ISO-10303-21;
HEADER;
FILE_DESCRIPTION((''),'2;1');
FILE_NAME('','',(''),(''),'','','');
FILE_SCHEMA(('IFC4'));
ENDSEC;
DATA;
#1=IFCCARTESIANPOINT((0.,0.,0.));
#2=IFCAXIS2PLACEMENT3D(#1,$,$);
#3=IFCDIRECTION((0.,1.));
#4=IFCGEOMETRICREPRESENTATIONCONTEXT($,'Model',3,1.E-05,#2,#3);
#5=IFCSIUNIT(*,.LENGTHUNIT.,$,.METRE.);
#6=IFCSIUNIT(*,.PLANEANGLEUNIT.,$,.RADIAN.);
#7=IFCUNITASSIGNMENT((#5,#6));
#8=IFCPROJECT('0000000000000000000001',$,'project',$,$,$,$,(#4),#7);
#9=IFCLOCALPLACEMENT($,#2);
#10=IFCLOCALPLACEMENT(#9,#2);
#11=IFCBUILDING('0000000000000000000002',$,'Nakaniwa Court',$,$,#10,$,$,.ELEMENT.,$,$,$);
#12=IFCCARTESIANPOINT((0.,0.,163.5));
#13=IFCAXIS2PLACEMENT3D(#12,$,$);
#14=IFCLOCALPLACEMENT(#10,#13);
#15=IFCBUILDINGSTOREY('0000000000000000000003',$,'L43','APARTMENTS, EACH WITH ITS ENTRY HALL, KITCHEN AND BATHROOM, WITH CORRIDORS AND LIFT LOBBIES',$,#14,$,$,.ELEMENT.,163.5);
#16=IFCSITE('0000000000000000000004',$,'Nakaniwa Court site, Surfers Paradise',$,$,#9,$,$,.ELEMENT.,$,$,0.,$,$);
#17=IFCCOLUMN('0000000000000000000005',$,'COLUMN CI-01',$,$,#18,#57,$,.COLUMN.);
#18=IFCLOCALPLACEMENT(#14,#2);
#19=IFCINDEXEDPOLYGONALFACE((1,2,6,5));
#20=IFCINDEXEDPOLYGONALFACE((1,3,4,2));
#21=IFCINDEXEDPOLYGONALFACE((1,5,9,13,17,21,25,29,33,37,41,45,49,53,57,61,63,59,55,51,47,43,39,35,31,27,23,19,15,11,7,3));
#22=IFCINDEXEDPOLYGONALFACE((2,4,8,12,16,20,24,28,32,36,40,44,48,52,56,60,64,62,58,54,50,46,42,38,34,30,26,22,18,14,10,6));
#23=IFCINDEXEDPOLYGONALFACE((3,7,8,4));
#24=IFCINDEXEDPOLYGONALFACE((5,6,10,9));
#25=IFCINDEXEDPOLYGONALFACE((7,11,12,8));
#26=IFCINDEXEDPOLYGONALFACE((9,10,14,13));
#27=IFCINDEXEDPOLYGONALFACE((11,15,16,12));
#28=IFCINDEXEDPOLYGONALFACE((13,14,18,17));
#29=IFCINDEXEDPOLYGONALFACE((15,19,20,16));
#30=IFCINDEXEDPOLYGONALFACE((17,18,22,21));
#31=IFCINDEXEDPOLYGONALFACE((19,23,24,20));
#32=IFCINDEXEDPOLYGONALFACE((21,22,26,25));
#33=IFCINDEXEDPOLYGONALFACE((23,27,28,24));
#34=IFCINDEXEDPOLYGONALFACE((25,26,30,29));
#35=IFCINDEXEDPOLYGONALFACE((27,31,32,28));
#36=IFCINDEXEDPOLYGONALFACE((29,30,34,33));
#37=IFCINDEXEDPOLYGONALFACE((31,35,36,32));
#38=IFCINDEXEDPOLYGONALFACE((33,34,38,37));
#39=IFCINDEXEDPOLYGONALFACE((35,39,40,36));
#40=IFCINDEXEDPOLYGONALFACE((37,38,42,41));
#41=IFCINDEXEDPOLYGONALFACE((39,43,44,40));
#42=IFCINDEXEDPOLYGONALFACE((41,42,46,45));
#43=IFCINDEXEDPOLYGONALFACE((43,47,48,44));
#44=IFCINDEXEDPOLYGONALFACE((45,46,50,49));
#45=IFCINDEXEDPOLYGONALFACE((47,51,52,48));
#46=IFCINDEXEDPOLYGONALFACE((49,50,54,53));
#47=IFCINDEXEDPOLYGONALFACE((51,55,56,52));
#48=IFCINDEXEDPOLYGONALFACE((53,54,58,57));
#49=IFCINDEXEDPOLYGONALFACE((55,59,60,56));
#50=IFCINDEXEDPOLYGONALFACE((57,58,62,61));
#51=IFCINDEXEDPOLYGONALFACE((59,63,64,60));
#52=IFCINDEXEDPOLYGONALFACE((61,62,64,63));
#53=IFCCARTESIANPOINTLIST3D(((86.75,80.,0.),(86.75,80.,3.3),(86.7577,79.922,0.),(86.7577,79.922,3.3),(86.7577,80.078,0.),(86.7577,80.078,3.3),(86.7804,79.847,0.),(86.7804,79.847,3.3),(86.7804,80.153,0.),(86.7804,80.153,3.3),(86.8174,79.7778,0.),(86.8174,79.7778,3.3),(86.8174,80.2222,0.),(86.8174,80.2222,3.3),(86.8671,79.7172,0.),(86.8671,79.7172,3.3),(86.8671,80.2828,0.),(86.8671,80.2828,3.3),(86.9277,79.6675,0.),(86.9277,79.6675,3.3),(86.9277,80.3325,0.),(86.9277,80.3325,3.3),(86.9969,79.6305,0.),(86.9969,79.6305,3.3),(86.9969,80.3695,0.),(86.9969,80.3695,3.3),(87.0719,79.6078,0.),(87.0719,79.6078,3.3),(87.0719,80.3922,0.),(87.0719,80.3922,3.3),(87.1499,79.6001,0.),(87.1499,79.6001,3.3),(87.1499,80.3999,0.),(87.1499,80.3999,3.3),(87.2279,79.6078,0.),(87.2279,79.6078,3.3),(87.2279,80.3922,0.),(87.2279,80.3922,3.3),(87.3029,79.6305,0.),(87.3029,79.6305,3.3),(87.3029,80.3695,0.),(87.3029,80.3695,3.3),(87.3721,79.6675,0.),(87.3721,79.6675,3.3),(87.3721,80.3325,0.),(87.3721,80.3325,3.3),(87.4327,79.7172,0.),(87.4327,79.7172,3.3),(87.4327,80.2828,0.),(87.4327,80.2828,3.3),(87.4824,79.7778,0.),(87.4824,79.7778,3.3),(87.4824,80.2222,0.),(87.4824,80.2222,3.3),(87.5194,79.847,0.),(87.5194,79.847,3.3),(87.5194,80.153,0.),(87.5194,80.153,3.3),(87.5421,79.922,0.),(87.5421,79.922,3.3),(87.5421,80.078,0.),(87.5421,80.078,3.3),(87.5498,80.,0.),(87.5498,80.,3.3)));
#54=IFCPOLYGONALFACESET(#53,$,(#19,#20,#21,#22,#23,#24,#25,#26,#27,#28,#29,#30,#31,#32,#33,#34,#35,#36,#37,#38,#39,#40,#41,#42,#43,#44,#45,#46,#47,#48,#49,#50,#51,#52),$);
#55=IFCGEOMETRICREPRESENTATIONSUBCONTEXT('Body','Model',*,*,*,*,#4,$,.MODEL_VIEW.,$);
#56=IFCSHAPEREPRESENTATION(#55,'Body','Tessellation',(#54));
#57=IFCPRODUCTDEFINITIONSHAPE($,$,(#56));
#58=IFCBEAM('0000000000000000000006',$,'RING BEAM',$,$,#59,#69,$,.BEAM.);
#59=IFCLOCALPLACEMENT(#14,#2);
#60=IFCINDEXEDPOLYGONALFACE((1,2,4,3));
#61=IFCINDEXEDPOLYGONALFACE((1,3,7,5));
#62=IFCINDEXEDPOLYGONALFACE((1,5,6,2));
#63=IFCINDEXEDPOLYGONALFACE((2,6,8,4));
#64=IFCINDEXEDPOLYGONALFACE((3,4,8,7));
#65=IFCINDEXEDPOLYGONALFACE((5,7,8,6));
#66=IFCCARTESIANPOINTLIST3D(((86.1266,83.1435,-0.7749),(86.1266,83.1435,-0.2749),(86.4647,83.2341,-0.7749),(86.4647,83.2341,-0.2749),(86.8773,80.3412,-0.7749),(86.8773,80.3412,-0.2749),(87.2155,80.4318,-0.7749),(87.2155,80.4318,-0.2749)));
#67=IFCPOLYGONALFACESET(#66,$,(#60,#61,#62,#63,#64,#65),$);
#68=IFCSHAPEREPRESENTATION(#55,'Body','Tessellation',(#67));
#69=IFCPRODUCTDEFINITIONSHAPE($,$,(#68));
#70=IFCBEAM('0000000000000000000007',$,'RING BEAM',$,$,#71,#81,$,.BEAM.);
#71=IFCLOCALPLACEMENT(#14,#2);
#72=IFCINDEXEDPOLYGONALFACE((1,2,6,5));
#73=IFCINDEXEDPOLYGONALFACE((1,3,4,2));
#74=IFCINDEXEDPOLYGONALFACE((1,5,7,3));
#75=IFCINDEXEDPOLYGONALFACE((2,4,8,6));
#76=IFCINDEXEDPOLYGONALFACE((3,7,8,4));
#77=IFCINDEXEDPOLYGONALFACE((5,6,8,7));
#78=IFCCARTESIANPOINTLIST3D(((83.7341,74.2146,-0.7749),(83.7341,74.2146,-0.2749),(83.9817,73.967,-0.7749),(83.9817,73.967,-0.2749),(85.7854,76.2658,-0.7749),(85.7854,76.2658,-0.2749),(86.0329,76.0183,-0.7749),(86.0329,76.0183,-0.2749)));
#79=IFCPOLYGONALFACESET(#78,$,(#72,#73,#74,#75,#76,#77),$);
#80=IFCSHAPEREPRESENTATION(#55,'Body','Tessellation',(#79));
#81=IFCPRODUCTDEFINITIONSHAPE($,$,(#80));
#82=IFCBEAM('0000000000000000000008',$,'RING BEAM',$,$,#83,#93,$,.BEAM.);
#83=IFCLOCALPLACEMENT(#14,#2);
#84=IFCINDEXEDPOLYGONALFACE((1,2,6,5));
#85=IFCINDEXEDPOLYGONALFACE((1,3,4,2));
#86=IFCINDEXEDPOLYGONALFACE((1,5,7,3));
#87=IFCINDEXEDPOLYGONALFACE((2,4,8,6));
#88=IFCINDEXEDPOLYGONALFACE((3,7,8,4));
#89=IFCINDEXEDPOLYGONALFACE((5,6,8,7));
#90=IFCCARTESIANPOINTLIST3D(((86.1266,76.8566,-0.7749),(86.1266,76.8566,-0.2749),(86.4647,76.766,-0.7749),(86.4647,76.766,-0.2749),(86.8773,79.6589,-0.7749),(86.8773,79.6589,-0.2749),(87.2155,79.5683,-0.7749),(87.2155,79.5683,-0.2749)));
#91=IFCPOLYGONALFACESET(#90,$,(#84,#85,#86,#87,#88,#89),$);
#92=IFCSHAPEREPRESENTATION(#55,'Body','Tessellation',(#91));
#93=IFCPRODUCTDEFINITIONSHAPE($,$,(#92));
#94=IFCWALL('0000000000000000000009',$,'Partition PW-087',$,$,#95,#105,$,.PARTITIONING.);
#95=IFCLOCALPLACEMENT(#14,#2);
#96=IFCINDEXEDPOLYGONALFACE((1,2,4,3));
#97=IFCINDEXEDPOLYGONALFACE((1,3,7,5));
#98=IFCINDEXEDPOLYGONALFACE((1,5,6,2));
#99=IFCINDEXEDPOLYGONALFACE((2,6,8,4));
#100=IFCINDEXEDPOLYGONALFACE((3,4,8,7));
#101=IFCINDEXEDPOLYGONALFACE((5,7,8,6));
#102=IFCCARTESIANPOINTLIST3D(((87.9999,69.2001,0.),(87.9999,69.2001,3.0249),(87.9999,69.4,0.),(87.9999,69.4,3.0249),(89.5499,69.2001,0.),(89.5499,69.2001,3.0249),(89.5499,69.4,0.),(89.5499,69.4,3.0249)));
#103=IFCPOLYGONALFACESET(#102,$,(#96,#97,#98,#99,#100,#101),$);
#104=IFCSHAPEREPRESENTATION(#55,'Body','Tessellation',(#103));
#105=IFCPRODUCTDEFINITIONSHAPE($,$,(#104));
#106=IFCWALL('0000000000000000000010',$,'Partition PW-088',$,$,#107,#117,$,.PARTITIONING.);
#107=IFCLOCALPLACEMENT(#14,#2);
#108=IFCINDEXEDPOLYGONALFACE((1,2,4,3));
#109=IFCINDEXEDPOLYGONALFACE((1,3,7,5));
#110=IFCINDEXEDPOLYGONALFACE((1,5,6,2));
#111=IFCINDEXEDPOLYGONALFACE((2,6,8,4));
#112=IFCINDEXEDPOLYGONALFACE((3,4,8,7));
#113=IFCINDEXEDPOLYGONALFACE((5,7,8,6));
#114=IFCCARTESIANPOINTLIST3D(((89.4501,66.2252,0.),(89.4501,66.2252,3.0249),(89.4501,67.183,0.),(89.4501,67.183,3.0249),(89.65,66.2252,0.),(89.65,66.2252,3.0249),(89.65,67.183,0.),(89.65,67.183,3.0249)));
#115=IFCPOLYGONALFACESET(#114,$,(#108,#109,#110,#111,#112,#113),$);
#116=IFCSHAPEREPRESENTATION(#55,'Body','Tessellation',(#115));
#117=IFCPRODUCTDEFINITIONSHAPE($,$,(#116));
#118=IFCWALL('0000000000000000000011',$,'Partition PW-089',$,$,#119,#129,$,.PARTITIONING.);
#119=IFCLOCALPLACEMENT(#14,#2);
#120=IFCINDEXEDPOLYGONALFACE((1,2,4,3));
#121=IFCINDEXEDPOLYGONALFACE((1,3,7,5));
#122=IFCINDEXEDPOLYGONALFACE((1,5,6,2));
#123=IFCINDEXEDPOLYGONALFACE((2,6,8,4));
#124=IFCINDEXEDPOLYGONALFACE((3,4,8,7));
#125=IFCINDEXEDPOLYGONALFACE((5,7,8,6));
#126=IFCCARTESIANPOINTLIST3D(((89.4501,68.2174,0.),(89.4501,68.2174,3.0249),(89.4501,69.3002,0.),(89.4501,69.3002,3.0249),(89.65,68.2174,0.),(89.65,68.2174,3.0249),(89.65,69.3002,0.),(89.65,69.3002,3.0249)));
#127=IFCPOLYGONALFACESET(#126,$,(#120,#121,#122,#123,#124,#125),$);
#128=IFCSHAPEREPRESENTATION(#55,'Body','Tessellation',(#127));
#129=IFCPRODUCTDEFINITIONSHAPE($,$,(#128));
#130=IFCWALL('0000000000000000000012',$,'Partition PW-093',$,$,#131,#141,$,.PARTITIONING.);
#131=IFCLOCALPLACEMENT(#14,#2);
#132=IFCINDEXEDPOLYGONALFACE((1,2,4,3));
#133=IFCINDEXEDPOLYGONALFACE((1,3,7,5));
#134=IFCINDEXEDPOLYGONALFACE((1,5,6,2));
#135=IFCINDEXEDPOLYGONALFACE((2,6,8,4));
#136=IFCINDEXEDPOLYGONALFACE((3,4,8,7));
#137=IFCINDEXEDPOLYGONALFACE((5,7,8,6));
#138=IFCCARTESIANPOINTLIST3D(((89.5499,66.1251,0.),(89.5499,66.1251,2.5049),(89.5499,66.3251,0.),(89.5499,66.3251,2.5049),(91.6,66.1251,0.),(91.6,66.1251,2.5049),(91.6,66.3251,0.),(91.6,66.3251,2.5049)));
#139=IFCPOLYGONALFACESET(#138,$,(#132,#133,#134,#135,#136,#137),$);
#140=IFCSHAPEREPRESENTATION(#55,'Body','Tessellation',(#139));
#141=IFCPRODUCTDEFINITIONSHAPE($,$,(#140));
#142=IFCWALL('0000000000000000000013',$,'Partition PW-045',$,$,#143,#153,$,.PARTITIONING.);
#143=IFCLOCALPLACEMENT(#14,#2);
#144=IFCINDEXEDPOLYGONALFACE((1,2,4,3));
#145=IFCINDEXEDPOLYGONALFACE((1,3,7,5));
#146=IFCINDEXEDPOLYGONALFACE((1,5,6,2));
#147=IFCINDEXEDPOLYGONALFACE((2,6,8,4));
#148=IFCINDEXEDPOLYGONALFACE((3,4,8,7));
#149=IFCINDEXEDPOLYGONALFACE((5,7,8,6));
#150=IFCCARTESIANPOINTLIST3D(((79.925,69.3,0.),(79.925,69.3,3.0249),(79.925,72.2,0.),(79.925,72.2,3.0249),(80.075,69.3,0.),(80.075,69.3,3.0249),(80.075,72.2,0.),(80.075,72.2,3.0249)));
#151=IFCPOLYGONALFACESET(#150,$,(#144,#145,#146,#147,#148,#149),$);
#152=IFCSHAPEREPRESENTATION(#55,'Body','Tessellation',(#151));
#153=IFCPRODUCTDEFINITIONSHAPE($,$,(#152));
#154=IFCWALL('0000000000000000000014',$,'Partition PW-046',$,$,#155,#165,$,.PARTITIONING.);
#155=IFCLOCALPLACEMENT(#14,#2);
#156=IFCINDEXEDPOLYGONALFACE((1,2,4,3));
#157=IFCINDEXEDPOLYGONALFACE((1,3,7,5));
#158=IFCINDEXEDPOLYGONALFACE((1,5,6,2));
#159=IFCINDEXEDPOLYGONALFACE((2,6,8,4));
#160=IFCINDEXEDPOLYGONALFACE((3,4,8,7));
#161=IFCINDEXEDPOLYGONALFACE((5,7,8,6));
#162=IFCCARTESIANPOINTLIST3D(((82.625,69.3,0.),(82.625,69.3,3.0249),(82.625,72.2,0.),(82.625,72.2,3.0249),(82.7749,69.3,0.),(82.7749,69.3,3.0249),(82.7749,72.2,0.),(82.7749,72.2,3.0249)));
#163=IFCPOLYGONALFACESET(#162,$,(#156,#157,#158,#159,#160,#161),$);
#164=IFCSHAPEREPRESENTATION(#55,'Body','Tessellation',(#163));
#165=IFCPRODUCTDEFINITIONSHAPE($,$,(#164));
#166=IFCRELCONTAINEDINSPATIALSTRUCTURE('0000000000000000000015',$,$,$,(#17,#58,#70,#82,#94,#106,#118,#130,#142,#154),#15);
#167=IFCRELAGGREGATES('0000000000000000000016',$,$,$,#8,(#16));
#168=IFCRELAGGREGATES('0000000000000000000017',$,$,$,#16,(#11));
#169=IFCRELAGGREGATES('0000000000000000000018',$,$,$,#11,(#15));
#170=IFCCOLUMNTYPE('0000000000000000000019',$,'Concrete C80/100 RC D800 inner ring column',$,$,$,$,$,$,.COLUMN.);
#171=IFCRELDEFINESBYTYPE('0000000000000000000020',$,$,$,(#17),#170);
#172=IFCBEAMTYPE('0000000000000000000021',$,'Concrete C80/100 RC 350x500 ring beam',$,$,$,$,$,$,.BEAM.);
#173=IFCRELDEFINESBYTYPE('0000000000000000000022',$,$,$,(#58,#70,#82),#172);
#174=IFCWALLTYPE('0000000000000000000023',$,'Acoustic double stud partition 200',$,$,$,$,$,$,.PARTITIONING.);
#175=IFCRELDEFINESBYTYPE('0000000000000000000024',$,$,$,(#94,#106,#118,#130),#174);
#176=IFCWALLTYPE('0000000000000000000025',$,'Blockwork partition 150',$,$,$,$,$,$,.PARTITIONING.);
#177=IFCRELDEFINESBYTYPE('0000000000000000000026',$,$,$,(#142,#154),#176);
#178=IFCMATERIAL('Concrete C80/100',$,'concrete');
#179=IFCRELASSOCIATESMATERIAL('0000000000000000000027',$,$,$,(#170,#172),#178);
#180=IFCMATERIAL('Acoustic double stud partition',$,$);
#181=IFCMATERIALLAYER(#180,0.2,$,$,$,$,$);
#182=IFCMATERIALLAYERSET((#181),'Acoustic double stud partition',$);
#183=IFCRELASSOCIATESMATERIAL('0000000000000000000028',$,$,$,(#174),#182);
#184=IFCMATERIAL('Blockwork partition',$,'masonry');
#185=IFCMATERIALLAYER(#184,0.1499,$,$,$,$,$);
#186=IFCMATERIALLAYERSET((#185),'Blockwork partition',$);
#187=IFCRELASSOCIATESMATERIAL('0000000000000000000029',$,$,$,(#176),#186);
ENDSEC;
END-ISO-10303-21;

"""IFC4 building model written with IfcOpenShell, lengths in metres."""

from ifc_helpers import new_model, si_unit, direction, frame, frame_2d, origin, origin_2d, place, context, subcontext, project, spatial, rectangle, circle, extrude, material, layer, layer_set, material_profile, profile_set, type_object, element, save


model = new_model("IFC4")

# Units and contexts
model_context = context("Model", 3, precision=1e-05, world=origin(), true_north=direction((0.0, 1.0)))
body_context = subcontext(model_context, "Body", "Model", "MODEL_VIEW")
ifc_project = project(units=[si_unit("LENGTHUNIT", "METRE"), si_unit("PLANEANGLEUNIT", "RADIAN")], contexts=[model_context])

# Site, building, storey
site_placement = place(None, origin())
site = spatial("IfcSite", under=ifc_project, at=site_placement, Name="Nakaniwa Court site, Surfers Paradise", CompositionType="ELEMENT", RefElevation=0.0)
building_placement = place(site_placement, origin())
building = spatial("IfcBuilding", under=site, at=building_placement, Name="Nakaniwa Court", CompositionType="ELEMENT")
storey_placement = place(building_placement, frame((0.0, 0.0, 163.5)))
storey = spatial("IfcBuildingStorey", under=building, at=storey_placement, Name="L43", Description="APARTMENTS, EACH WITH ITS ENTRY HALL, KITCHEN AND BATHROOM, WITH CORRIDORS AND LIFT LOBBIES", CompositionType="ELEMENT", Elevation=163.5)

# Column
ifc_material_1 = material(Name="Concrete C80/100", Category="concrete")
ifc_material_profile_1 = material_profile(ifc_material_1, circle(Radius=0.3999, at=origin_2d()), Name="Concrete C80/100 RC D800 inner ring column")
ifc_profile_set_1 = profile_set([ifc_material_profile_1], Name="Concrete C80/100")
column_type = type_object("IfcColumnType", Name="Concrete C80/100 RC D800 inner ring column", PredefinedType="COLUMN", material=ifc_profile_set_1)
for number, where, z_axis, x_axis, name in (
    (1, (87.1499, 80.0, 0.0), (0.0, 0.0, 1.0), (0.0, 1.0, 0.0), "COLUMN CI-01"),
):
    element("IfcColumn", number, at=place(storey_placement, frame(where, z_axis=z_axis, x_axis=x_axis)), inside=storey, type_object=column_type, Name=name, PredefinedType="COLUMN", context=body_context, shape_type="SweptSolid", body=[
        extrude(circle(Radius=0.3999, at=origin_2d()), origin(), (0.0, 0.0, 1.0), 3.3),
    ])

# Beams
ifc_material_profile_2 = material_profile(ifc_material_1, rectangle(XDim=0.3501, YDim=0.5, at=origin_2d()), Name="Concrete C80/100 RC 350x500 ring beam")
ifc_profile_set_2 = profile_set([ifc_material_profile_2], Name="Concrete C80/100")
beam_type = type_object("IfcBeamType", Name="Concrete C80/100 RC 350x500 ring beam", PredefinedType="BEAM", material=ifc_profile_set_2)
beam_1_placement = place(storey_placement, frame((87.0464, 80.3865, -0.5249), z_axis=(-0.258778, 0.965937, 0.0), x_axis=(-0.965937, -0.258778, 0.0)))
element("IfcBeam", 2, at=beam_1_placement, inside=storey, type_object=beam_type, Name="RING BEAM", PredefinedType="BEAM", context=body_context, shape_type="SweptSolid", body=[
    extrude(rectangle(XDim=0.3501, YDim=0.5, at=origin_2d()), origin(), (0.0, 0.0, 1.0), 2.9011),
])
beam_2_placement = place(storey_placement, frame((83.8579, 74.0908, -0.5249), z_axis=(0.707107, 0.707107, 0.0), x_axis=(-0.707107, 0.707107, 0.0)))
element("IfcBeam", 3, at=beam_2_placement, inside=storey, type_object=beam_type, Name="RING BEAM", PredefinedType="BEAM", context=body_context, shape_type="SweptSolid", body=[
    extrude(rectangle(XDim=0.3501, YDim=0.5, at=origin_2d()), origin(), (0.0, 0.0, 1.0), 2.9009),
])
beam_3_placement = place(storey_placement, frame((86.2957, 76.8113, -0.5249), z_axis=(0.258778, 0.965937, 0.0), x_axis=(-0.965937, 0.258778, 0.0)))
element("IfcBeam", 4, at=beam_3_placement, inside=storey, type_object=beam_type, Name="RING BEAM", PredefinedType="BEAM", context=body_context, shape_type="SweptSolid", body=[
    extrude(rectangle(XDim=0.3501, YDim=0.5, at=origin_2d()), origin(), (0.0, 0.0, 1.0), 2.9011),
])

# Walls
ifc_material_2 = material(Name="Acoustic double stud partition")
ifc_layer_1 = layer(ifc_material_2, 0.2)
ifc_layer_set_1 = layer_set([ifc_layer_1], Name="Acoustic double stud partition")
wall_type_1 = type_object("IfcWallType", Name="Acoustic double stud partition 200", PredefinedType="PARTITIONING", material=ifc_layer_set_1)
wall_1_placement = place(storey_placement, frame((88.0, 69.3, 0.0), z_axis=(0.0, 0.0, 1.0), x_axis=(1.0, 0.0, 0.0)))
element("IfcWall", 5, at=wall_1_placement, inside=storey, type_object=wall_type_1, Name="Partition PW-087", PredefinedType="PARTITIONING", context=body_context, shape_type="SweptSolid", body=[
    extrude(rectangle(XDim=1.55, YDim=0.2, at=frame_2d((0.7749, 0.0))), origin(), (0.0, 0.0, 1.0), 3.0249),
])
wall_2_placement = place(storey_placement, frame((89.55, 66.2251, 0.0), z_axis=(0.0, 0.0, 1.0), x_axis=(0.0, 1.0, 0.0)))
element("IfcWall", 6, at=wall_2_placement, inside=storey, type_object=wall_type_1, Name="Partition PW-088", PredefinedType="PARTITIONING", context=body_context, shape_type="SweptSolid", body=[
    extrude(rectangle(XDim=0.9578, YDim=0.2, at=frame_2d((0.479, 0.0))), origin(), (0.0, 0.0, 1.0), 3.0249),
])
wall_3_placement = place(storey_placement, frame((89.55, 68.2173, 0.0), z_axis=(0.0, 0.0, 1.0), x_axis=(0.0, 1.0, 0.0)))
element("IfcWall", 7, at=wall_3_placement, inside=storey, type_object=wall_type_1, Name="Partition PW-089", PredefinedType="PARTITIONING", context=body_context, shape_type="SweptSolid", body=[
    extrude(rectangle(XDim=1.0828, YDim=0.2, at=frame_2d((0.5415, 0.0))), origin(), (0.0, 0.0, 1.0), 3.0249),
])
wall_4_placement = place(storey_placement, frame((89.55, 66.2251, 0.0), z_axis=(0.0, 0.0, 1.0), x_axis=(1.0, 0.0, 0.0)))
element("IfcWall", 8, at=wall_4_placement, inside=storey, type_object=wall_type_1, Name="Partition PW-093", PredefinedType="PARTITIONING", context=body_context, shape_type="SweptSolid", body=[
    extrude(rectangle(XDim=2.05, YDim=0.2, at=frame_2d((1.0249, 0.0))), origin(), (0.0, 0.0, 1.0), 2.5049),
])
ifc_material_3 = material(Name="Blockwork partition", Category="masonry")
ifc_layer_2 = layer(ifc_material_3, 0.1499)
ifc_layer_set_2 = layer_set([ifc_layer_2], Name="Blockwork partition")
wall_type_2 = type_object("IfcWallType", Name="Blockwork partition 150", PredefinedType="PARTITIONING", material=ifc_layer_set_2)
for number, where, z_axis, x_axis, name in (
    (9, (80.0, 69.3, 0.0), (0.0, 0.0, 1.0), (0.0, 1.0, 0.0), "Partition PW-045"),
    (10, (82.7, 69.3, 0.0), (0.0, 0.0, 1.0), (0.0, 1.0, 0.0), "Partition PW-046"),
):
    element("IfcWall", number, at=place(storey_placement, frame(where, z_axis=z_axis, x_axis=x_axis)), inside=storey, type_object=wall_type_2, Name=name, PredefinedType="PARTITIONING", context=body_context, shape_type="SweptSolid", body=[
        extrude(rectangle(XDim=2.8999, YDim=0.1499, at=frame_2d((1.45, 0.0))), origin(), (0.0, 0.0, 1.0), 3.0249),
    ])

save(model, "model.ifc")
